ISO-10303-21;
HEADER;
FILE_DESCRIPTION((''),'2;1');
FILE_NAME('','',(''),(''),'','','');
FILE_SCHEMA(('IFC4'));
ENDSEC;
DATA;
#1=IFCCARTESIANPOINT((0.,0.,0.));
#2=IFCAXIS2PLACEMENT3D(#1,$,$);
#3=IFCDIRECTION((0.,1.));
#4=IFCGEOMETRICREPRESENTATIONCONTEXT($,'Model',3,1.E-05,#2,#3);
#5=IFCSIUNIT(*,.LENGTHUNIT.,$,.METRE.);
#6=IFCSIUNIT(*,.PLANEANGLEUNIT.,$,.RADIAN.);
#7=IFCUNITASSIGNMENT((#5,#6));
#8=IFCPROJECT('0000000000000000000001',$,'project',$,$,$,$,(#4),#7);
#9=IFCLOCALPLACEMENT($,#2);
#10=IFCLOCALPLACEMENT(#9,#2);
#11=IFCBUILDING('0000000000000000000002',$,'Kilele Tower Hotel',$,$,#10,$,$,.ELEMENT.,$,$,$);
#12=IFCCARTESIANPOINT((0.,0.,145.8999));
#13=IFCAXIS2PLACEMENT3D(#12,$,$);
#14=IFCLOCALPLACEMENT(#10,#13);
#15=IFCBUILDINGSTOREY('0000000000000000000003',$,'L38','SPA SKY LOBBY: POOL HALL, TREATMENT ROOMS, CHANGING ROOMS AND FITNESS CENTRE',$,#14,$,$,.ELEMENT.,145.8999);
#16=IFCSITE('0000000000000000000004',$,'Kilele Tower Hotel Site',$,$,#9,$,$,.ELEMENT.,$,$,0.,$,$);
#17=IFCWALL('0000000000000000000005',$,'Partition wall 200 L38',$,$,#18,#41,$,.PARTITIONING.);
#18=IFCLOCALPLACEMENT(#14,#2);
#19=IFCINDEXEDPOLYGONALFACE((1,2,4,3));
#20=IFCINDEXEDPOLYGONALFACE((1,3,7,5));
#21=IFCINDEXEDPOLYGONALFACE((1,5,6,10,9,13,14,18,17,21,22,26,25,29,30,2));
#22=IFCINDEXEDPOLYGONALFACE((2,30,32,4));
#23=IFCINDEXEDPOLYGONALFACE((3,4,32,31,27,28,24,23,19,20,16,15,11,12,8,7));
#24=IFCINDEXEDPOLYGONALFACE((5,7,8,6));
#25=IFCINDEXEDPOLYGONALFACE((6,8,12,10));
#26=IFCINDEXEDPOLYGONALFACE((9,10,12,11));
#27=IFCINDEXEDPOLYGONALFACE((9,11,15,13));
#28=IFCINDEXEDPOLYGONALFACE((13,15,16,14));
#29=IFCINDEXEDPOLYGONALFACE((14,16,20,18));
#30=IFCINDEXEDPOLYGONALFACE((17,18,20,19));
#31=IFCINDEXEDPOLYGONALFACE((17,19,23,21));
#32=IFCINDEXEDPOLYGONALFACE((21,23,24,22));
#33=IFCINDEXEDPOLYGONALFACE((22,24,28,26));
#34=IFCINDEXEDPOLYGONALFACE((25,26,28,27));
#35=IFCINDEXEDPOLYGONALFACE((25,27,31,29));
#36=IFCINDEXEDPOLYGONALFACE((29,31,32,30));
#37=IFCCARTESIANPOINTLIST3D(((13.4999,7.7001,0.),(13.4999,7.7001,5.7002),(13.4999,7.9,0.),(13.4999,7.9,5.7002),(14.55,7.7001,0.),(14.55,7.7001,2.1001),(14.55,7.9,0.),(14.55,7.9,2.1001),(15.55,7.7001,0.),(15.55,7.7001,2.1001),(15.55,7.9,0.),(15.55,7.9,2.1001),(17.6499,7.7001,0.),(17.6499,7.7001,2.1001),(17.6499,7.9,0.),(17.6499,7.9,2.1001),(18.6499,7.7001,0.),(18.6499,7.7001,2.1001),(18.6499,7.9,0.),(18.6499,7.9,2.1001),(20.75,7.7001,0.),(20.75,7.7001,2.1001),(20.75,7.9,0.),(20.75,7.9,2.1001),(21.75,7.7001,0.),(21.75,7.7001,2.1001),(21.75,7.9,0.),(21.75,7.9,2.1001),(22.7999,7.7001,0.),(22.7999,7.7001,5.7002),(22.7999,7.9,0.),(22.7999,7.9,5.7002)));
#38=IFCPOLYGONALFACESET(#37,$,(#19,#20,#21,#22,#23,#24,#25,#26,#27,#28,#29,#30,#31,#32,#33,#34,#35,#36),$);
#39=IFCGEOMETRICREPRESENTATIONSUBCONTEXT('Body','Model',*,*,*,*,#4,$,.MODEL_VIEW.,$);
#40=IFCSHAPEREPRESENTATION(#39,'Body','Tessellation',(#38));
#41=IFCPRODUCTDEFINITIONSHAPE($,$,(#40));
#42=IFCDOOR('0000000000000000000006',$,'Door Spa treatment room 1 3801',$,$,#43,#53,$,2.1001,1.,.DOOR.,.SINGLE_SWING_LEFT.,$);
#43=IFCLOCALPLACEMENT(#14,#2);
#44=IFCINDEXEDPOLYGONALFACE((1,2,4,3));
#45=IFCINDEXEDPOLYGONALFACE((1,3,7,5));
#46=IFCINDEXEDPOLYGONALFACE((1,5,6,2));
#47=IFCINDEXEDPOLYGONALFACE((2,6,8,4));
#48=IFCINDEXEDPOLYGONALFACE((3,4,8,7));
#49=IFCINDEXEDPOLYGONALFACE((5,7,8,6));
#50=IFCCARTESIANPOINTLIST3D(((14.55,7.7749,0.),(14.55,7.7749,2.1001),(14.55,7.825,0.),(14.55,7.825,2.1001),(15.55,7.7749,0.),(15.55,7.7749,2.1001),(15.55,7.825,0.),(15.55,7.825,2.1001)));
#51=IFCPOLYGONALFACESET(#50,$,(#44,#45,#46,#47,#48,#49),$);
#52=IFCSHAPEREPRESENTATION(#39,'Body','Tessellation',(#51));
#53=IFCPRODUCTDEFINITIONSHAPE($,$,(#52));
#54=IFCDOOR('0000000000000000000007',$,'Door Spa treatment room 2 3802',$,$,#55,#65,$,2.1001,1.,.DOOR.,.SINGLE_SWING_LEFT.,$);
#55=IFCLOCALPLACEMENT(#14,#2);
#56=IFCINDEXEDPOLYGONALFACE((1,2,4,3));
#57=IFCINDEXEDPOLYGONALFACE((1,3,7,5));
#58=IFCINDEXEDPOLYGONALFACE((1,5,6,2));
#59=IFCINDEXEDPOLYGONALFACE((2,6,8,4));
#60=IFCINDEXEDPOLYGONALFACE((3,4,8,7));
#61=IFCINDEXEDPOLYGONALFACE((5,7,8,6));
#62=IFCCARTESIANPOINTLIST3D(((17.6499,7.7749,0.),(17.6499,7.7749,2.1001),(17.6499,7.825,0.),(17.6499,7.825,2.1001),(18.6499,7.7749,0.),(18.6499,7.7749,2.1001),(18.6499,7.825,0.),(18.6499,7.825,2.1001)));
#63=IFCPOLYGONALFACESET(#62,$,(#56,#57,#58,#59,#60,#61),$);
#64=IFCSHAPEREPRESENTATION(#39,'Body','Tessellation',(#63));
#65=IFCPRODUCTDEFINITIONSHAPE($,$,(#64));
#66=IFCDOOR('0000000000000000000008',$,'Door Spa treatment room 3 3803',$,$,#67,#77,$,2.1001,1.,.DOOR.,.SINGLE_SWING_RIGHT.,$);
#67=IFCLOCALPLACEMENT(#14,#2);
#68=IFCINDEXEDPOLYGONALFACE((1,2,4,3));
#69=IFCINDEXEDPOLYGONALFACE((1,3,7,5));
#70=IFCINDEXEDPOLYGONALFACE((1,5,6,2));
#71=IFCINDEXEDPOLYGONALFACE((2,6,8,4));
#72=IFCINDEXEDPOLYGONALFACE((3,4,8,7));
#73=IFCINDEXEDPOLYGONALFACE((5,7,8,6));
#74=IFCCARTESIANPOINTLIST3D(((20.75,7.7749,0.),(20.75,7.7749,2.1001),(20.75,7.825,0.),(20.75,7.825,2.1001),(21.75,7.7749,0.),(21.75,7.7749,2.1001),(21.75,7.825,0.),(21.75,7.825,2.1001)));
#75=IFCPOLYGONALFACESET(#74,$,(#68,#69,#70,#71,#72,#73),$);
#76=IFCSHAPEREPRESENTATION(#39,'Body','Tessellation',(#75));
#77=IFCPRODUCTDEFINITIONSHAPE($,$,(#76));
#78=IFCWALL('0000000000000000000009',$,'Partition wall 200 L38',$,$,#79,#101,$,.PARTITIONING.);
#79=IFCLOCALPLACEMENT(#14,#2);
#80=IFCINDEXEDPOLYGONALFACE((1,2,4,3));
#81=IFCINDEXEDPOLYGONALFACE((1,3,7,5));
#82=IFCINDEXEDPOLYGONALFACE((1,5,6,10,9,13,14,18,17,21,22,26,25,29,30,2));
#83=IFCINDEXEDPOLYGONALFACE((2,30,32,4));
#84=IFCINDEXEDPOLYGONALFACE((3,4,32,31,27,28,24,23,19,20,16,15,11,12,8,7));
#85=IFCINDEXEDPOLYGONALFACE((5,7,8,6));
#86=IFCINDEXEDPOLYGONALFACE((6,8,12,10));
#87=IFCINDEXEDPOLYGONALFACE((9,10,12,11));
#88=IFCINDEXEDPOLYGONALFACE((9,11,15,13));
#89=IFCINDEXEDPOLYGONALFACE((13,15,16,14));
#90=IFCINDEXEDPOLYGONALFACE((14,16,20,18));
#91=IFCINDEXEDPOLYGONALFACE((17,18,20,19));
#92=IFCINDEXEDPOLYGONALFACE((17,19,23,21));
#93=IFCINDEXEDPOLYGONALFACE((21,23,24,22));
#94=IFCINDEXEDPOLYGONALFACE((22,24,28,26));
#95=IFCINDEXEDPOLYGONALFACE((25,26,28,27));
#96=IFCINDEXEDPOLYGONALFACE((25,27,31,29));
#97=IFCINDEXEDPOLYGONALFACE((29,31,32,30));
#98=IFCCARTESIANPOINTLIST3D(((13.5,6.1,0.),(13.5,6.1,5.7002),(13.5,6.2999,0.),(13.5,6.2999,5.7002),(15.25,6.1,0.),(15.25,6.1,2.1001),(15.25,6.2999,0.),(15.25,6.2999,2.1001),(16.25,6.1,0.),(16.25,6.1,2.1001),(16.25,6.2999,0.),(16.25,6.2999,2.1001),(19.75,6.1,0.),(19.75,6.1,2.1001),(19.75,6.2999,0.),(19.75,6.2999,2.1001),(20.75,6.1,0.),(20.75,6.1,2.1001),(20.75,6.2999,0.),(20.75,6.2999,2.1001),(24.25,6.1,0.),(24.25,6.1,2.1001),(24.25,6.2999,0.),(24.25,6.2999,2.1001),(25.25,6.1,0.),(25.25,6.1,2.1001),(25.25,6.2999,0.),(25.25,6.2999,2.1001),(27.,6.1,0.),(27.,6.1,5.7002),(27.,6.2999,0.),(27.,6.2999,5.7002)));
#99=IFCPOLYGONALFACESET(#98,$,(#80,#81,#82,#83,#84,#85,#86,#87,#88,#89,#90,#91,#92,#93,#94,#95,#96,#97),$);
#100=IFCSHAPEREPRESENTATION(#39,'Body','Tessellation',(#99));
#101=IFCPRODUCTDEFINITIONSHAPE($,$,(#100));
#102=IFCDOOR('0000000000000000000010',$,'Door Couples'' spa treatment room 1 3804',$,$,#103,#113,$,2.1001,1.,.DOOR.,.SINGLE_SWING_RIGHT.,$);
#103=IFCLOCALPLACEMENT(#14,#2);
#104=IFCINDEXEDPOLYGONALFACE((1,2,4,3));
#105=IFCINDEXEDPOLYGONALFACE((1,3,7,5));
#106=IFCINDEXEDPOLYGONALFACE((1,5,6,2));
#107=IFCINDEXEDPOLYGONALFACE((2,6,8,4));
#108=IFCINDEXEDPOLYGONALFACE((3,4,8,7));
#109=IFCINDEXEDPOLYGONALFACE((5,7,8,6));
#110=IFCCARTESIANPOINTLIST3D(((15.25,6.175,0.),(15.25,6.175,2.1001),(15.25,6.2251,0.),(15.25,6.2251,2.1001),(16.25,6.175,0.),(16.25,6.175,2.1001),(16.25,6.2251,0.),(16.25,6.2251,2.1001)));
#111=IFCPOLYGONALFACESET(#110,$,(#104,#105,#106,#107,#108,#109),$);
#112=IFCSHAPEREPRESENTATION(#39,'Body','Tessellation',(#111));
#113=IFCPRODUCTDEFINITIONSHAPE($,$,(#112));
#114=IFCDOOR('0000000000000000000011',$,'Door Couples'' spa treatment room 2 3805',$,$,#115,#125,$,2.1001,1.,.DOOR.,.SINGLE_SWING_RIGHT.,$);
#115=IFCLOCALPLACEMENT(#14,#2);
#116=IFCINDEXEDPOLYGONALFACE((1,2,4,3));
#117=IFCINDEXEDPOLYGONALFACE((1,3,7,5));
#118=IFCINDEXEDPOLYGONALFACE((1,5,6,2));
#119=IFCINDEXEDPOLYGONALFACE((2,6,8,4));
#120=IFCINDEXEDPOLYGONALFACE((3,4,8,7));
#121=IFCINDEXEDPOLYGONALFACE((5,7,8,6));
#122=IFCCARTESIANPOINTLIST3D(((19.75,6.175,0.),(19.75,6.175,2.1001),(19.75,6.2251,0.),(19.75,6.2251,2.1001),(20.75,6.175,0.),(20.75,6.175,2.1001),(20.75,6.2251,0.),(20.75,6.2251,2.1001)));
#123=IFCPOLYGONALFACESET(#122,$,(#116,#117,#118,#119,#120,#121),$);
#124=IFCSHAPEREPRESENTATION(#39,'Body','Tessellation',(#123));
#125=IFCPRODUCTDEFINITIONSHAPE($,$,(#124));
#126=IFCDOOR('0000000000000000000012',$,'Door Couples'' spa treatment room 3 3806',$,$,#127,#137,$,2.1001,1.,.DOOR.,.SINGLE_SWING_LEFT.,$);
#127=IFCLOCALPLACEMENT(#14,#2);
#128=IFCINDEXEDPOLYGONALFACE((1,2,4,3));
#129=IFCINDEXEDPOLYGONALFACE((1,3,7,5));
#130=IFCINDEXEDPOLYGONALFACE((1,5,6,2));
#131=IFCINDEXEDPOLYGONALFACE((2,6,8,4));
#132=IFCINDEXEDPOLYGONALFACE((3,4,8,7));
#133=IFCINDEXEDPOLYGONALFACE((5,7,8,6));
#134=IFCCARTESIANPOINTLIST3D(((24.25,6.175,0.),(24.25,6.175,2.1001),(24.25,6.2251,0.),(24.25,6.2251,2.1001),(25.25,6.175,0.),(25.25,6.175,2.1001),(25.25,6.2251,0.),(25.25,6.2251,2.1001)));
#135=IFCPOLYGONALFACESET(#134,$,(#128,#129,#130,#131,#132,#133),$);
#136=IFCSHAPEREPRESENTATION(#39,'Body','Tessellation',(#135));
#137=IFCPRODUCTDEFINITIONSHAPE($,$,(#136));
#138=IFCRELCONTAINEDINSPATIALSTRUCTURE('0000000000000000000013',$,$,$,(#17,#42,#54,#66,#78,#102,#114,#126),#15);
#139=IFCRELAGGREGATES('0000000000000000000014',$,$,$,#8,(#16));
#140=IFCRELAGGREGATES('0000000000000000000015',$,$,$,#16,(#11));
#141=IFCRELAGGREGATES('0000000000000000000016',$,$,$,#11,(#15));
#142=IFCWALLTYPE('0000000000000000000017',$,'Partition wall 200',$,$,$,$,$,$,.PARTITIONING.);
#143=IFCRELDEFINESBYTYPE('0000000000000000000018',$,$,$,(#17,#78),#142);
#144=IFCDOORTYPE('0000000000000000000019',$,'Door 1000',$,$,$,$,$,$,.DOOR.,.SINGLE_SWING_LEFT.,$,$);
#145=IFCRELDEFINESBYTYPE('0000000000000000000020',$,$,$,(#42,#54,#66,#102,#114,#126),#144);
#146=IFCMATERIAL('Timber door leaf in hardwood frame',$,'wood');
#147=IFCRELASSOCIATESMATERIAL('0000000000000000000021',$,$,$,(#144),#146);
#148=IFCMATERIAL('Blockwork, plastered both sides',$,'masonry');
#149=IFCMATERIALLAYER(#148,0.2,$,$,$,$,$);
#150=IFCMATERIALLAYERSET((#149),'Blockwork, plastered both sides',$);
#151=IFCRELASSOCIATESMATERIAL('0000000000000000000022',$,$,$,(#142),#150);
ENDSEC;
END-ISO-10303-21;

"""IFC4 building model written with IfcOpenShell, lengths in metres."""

from ifc_helpers import new_model, si_unit, direction, frame, frame_2d, origin, place, context, subcontext, project, spatial, rectangle, extrude, material, layer, layer_set, type_object, element, fill, save


model = new_model("IFC4")

# Units and contexts
model_context = context("Model", 3, precision=1e-05, world=origin(), true_north=direction((0.0, 1.0)))
body_context = subcontext(model_context, "Body", "Model", "MODEL_VIEW")
ifc_project = project(units=[si_unit("LENGTHUNIT", "METRE"), si_unit("PLANEANGLEUNIT", "RADIAN")], contexts=[model_context])

# Site, building, storey
site_placement = place(None, origin())
site = spatial("IfcSite", under=ifc_project, at=site_placement, Name="Kilele Tower Hotel Site", CompositionType="ELEMENT", RefElevation=0.0)
building_placement = place(site_placement, origin())
building = spatial("IfcBuilding", under=site, at=building_placement, Name="Kilele Tower Hotel", CompositionType="ELEMENT")
storey_placement = place(building_placement, frame((0.0, 0.0, 145.8999)))
storey = spatial("IfcBuildingStorey", under=building, at=storey_placement, Name="L38", Description="SPA SKY LOBBY: POOL HALL, TREATMENT ROOMS, CHANGING ROOMS AND FITNESS CENTRE", CompositionType="ELEMENT", Elevation=145.8999)

# Shared definitions
ifc_material_1 = material(Name="Timber door leaf in hardwood frame", Category="wood")
door_type_1 = type_object("IfcDoorType", Name="Door 1000", OperationType="SINGLE_SWING_LEFT", PredefinedType="DOOR", material=ifc_material_1)

# Walls, openings, doors
ifc_material_2 = material(Name="Blockwork, plastered both sides", Category="masonry")
ifc_layer_1 = layer(ifc_material_2, 0.2)
ifc_layer_set_1 = layer_set([ifc_layer_1], Name="Blockwork, plastered both sides")
wall_type_1 = type_object("IfcWallType", Name="Partition wall 200", PredefinedType="PARTITIONING", material=ifc_layer_set_1)
wall_1_placement = place(storey_placement, frame((13.5, 7.8, 0.0), z_axis=(0.0, 0.0, 1.0), x_axis=(1.0, 0.0, 0.0)))
wall_1 = element("IfcWall", 1, at=wall_1_placement, inside=storey, type_object=wall_type_1, Name="Partition wall 200 L38", PredefinedType="PARTITIONING", context=body_context, shape_type="SweptSolid", body=[
    extrude(rectangle(XDim=9.3, YDim=0.2, at=frame_2d((4.6499, 0.0))), origin(), (0.0, 0.0, 1.0), 5.7002),
])
opening_1_placement = place(wall_1_placement, frame((1.05, 0.0, 0.0)))
opening_1 = element("IfcOpeningElement", 2, at=opening_1_placement, cuts=wall_1, PredefinedType="OPENING", context=body_context, shape_type="SweptSolid", body=[
    extrude(rectangle(XDim=1.0, YDim=2.1001, at=frame_2d((0.5, 1.05))), frame((0.0, 0.1099, 0.0), z_axis=(0.0, -1.0, 0.0), x_axis=(1.0, 0.0, 0.0)), (0.0, 0.0, 1.0), 0.22),
])
opening_2_placement = place(wall_1_placement, frame((4.1499, 0.0, 0.0)))
opening_2 = element("IfcOpeningElement", 3, at=opening_2_placement, cuts=wall_1, PredefinedType="OPENING", context=body_context, shape_type="SweptSolid", body=[
    extrude(rectangle(XDim=1.0, YDim=2.1001, at=frame_2d((0.5, 1.05))), frame((0.0, 0.1099, 0.0), z_axis=(0.0, -1.0, 0.0), x_axis=(1.0, 0.0, 0.0)), (0.0, 0.0, 1.0), 0.22),
])
opening_3_placement = place(wall_1_placement, frame((7.25, 0.0, 0.0)))
opening_3 = element("IfcOpeningElement", 4, at=opening_3_placement, cuts=wall_1, PredefinedType="OPENING", context=body_context, shape_type="SweptSolid", body=[
    extrude(rectangle(XDim=1.0, YDim=2.1001, at=frame_2d((0.5, 1.05))), frame((0.0, 0.1099, 0.0), z_axis=(0.0, -1.0, 0.0), x_axis=(1.0, 0.0, 0.0)), (0.0, 0.0, 1.0), 0.22),
])
door_1_placement = place(opening_1_placement, origin())
door_1 = element("IfcDoor", 5, at=door_1_placement, inside=storey, type_object=door_type_1, Name="Door Spa treatment room 1 3801", OperationType="SINGLE_SWING_LEFT", OverallHeight=2.1001, OverallWidth=1.0, PredefinedType="DOOR", context=body_context, shape_type="SweptSolid", body=[
    extrude(rectangle(XDim=1.0, YDim=2.1001, at=frame_2d((0.5, 1.05))), frame((0.0, 0.0249, 0.0), z_axis=(0.0, -1.0, 0.0), x_axis=(1.0, 0.0, 0.0)), (0.0, 0.0, 1.0), 0.05),
])
fill(opening_1, door_1)
door_2_placement = place(opening_2_placement, origin())
door_2 = element("IfcDoor", 6, at=door_2_placement, inside=storey, type_object=door_type_1, Name="Door Spa treatment room 2 3802", OperationType="SINGLE_SWING_LEFT", OverallHeight=2.1001, OverallWidth=1.0, PredefinedType="DOOR", context=body_context, shape_type="SweptSolid", body=[
    extrude(rectangle(XDim=1.0, YDim=2.1001, at=frame_2d((0.5, 1.05))), frame((0.0, 0.0249, 0.0), z_axis=(0.0, -1.0, 0.0), x_axis=(1.0, 0.0, 0.0)), (0.0, 0.0, 1.0), 0.05),
])
fill(opening_2, door_2)
door_3_placement = place(opening_3_placement, origin())
door_3 = element("IfcDoor", 7, at=door_3_placement, inside=storey, type_object=door_type_1, Name="Door Spa treatment room 3 3803", OperationType="SINGLE_SWING_RIGHT", OverallHeight=2.1001, OverallWidth=1.0, PredefinedType="DOOR", context=body_context, shape_type="SweptSolid", body=[
    extrude(rectangle(XDim=1.0, YDim=2.1001, at=frame_2d((0.5, 1.05))), frame((0.0, 0.0249, 0.0), z_axis=(0.0, -1.0, 0.0), x_axis=(1.0, 0.0, 0.0)), (0.0, 0.0, 1.0), 0.05),
])
fill(opening_3, door_3)
wall_2_placement = place(storey_placement, frame((13.5, 6.2, 0.0), z_axis=(0.0, 0.0, 1.0), x_axis=(1.0, 0.0, 0.0)))
wall_2 = element("IfcWall", 8, at=wall_2_placement, inside=storey, type_object=wall_type_1, Name="Partition wall 200 L38", PredefinedType="PARTITIONING", context=body_context, shape_type="SweptSolid", body=[
    extrude(rectangle(XDim=13.5, YDim=0.2, at=frame_2d((6.75, 0.0))), origin(), (0.0, 0.0, 1.0), 5.7002),
])
opening_4_placement = place(wall_2_placement, frame((2.75, 0.0, 0.0), z_axis=(0.0, 0.0, 1.0), x_axis=(-1.0, 0.0, 0.0)))
opening_4 = element("IfcOpeningElement", 9, at=opening_4_placement, cuts=wall_2, PredefinedType="OPENING", context=body_context, shape_type="SweptSolid", body=[
    extrude(rectangle(XDim=1.0, YDim=2.1001, at=frame_2d((0.5, 1.05))), frame((0.0, 0.1099, 0.0), z_axis=(0.0, -1.0, 0.0), x_axis=(1.0, 0.0, 0.0)), (0.0, 0.0, 1.0), 0.22),
])
opening_5_placement = place(wall_2_placement, frame((7.25, 0.0, 0.0), z_axis=(0.0, 0.0, 1.0), x_axis=(-1.0, 0.0, 0.0)))
opening_5 = element("IfcOpeningElement", 10, at=opening_5_placement, cuts=wall_2, PredefinedType="OPENING", context=body_context, shape_type="SweptSolid", body=[
    extrude(rectangle(XDim=1.0, YDim=2.1001, at=frame_2d((0.5, 1.05))), frame((0.0, 0.1099, 0.0), z_axis=(0.0, -1.0, 0.0), x_axis=(1.0, 0.0, 0.0)), (0.0, 0.0, 1.0), 0.22),
])
opening_6_placement = place(wall_2_placement, frame((11.75, 0.0, 0.0), z_axis=(0.0, 0.0, 1.0), x_axis=(-1.0, 0.0, 0.0)))
opening_6 = element("IfcOpeningElement", 11, at=opening_6_placement, cuts=wall_2, PredefinedType="OPENING", context=body_context, shape_type="SweptSolid", body=[
    extrude(rectangle(XDim=1.0, YDim=2.1001, at=frame_2d((0.5, 1.05))), frame((0.0, 0.1099, 0.0), z_axis=(0.0, -1.0, 0.0), x_axis=(1.0, 0.0, 0.0)), (0.0, 0.0, 1.0), 0.22),
])
door_4_placement = place(opening_4_placement, origin())
door_4 = element("IfcDoor", 12, at=door_4_placement, inside=storey, type_object=door_type_1, Name="Door Couples' spa treatment room 1 3804", OperationType="SINGLE_SWING_RIGHT", OverallHeight=2.1001, OverallWidth=1.0, PredefinedType="DOOR", context=body_context, shape_type="SweptSolid", body=[
    extrude(rectangle(XDim=1.0, YDim=2.1001, at=frame_2d((0.5, 1.05))), frame((0.0, 0.0249, 0.0), z_axis=(0.0, -1.0, 0.0), x_axis=(1.0, 0.0, 0.0)), (0.0, 0.0, 1.0), 0.05),
])
fill(opening_4, door_4)
door_5_placement = place(opening_5_placement, origin())
door_5 = element("IfcDoor", 13, at=door_5_placement, inside=storey, type_object=door_type_1, Name="Door Couples' spa treatment room 2 3805", OperationType="SINGLE_SWING_RIGHT", OverallHeight=2.1001, OverallWidth=1.0, PredefinedType="DOOR", context=body_context, shape_type="SweptSolid", body=[
    extrude(rectangle(XDim=1.0, YDim=2.1001, at=frame_2d((0.5, 1.05))), frame((0.0, 0.0249, 0.0), z_axis=(0.0, -1.0, 0.0), x_axis=(1.0, 0.0, 0.0)), (0.0, 0.0, 1.0), 0.05),
])
fill(opening_5, door_5)
door_6_placement = place(opening_6_placement, origin())
door_6 = element("IfcDoor", 14, at=door_6_placement, inside=storey, type_object=door_type_1, Name="Door Couples' spa treatment room 3 3806", OperationType="SINGLE_SWING_LEFT", OverallHeight=2.1001, OverallWidth=1.0, PredefinedType="DOOR", context=body_context, shape_type="SweptSolid", body=[
    extrude(rectangle(XDim=1.0, YDim=2.1001, at=frame_2d((0.5, 1.05))), frame((0.0, 0.0249, 0.0), z_axis=(0.0, -1.0, 0.0), x_axis=(1.0, 0.0, 0.0)), (0.0, 0.0, 1.0), 0.05),
])
fill(opening_6, door_6)

save(model, "model.ifc")
